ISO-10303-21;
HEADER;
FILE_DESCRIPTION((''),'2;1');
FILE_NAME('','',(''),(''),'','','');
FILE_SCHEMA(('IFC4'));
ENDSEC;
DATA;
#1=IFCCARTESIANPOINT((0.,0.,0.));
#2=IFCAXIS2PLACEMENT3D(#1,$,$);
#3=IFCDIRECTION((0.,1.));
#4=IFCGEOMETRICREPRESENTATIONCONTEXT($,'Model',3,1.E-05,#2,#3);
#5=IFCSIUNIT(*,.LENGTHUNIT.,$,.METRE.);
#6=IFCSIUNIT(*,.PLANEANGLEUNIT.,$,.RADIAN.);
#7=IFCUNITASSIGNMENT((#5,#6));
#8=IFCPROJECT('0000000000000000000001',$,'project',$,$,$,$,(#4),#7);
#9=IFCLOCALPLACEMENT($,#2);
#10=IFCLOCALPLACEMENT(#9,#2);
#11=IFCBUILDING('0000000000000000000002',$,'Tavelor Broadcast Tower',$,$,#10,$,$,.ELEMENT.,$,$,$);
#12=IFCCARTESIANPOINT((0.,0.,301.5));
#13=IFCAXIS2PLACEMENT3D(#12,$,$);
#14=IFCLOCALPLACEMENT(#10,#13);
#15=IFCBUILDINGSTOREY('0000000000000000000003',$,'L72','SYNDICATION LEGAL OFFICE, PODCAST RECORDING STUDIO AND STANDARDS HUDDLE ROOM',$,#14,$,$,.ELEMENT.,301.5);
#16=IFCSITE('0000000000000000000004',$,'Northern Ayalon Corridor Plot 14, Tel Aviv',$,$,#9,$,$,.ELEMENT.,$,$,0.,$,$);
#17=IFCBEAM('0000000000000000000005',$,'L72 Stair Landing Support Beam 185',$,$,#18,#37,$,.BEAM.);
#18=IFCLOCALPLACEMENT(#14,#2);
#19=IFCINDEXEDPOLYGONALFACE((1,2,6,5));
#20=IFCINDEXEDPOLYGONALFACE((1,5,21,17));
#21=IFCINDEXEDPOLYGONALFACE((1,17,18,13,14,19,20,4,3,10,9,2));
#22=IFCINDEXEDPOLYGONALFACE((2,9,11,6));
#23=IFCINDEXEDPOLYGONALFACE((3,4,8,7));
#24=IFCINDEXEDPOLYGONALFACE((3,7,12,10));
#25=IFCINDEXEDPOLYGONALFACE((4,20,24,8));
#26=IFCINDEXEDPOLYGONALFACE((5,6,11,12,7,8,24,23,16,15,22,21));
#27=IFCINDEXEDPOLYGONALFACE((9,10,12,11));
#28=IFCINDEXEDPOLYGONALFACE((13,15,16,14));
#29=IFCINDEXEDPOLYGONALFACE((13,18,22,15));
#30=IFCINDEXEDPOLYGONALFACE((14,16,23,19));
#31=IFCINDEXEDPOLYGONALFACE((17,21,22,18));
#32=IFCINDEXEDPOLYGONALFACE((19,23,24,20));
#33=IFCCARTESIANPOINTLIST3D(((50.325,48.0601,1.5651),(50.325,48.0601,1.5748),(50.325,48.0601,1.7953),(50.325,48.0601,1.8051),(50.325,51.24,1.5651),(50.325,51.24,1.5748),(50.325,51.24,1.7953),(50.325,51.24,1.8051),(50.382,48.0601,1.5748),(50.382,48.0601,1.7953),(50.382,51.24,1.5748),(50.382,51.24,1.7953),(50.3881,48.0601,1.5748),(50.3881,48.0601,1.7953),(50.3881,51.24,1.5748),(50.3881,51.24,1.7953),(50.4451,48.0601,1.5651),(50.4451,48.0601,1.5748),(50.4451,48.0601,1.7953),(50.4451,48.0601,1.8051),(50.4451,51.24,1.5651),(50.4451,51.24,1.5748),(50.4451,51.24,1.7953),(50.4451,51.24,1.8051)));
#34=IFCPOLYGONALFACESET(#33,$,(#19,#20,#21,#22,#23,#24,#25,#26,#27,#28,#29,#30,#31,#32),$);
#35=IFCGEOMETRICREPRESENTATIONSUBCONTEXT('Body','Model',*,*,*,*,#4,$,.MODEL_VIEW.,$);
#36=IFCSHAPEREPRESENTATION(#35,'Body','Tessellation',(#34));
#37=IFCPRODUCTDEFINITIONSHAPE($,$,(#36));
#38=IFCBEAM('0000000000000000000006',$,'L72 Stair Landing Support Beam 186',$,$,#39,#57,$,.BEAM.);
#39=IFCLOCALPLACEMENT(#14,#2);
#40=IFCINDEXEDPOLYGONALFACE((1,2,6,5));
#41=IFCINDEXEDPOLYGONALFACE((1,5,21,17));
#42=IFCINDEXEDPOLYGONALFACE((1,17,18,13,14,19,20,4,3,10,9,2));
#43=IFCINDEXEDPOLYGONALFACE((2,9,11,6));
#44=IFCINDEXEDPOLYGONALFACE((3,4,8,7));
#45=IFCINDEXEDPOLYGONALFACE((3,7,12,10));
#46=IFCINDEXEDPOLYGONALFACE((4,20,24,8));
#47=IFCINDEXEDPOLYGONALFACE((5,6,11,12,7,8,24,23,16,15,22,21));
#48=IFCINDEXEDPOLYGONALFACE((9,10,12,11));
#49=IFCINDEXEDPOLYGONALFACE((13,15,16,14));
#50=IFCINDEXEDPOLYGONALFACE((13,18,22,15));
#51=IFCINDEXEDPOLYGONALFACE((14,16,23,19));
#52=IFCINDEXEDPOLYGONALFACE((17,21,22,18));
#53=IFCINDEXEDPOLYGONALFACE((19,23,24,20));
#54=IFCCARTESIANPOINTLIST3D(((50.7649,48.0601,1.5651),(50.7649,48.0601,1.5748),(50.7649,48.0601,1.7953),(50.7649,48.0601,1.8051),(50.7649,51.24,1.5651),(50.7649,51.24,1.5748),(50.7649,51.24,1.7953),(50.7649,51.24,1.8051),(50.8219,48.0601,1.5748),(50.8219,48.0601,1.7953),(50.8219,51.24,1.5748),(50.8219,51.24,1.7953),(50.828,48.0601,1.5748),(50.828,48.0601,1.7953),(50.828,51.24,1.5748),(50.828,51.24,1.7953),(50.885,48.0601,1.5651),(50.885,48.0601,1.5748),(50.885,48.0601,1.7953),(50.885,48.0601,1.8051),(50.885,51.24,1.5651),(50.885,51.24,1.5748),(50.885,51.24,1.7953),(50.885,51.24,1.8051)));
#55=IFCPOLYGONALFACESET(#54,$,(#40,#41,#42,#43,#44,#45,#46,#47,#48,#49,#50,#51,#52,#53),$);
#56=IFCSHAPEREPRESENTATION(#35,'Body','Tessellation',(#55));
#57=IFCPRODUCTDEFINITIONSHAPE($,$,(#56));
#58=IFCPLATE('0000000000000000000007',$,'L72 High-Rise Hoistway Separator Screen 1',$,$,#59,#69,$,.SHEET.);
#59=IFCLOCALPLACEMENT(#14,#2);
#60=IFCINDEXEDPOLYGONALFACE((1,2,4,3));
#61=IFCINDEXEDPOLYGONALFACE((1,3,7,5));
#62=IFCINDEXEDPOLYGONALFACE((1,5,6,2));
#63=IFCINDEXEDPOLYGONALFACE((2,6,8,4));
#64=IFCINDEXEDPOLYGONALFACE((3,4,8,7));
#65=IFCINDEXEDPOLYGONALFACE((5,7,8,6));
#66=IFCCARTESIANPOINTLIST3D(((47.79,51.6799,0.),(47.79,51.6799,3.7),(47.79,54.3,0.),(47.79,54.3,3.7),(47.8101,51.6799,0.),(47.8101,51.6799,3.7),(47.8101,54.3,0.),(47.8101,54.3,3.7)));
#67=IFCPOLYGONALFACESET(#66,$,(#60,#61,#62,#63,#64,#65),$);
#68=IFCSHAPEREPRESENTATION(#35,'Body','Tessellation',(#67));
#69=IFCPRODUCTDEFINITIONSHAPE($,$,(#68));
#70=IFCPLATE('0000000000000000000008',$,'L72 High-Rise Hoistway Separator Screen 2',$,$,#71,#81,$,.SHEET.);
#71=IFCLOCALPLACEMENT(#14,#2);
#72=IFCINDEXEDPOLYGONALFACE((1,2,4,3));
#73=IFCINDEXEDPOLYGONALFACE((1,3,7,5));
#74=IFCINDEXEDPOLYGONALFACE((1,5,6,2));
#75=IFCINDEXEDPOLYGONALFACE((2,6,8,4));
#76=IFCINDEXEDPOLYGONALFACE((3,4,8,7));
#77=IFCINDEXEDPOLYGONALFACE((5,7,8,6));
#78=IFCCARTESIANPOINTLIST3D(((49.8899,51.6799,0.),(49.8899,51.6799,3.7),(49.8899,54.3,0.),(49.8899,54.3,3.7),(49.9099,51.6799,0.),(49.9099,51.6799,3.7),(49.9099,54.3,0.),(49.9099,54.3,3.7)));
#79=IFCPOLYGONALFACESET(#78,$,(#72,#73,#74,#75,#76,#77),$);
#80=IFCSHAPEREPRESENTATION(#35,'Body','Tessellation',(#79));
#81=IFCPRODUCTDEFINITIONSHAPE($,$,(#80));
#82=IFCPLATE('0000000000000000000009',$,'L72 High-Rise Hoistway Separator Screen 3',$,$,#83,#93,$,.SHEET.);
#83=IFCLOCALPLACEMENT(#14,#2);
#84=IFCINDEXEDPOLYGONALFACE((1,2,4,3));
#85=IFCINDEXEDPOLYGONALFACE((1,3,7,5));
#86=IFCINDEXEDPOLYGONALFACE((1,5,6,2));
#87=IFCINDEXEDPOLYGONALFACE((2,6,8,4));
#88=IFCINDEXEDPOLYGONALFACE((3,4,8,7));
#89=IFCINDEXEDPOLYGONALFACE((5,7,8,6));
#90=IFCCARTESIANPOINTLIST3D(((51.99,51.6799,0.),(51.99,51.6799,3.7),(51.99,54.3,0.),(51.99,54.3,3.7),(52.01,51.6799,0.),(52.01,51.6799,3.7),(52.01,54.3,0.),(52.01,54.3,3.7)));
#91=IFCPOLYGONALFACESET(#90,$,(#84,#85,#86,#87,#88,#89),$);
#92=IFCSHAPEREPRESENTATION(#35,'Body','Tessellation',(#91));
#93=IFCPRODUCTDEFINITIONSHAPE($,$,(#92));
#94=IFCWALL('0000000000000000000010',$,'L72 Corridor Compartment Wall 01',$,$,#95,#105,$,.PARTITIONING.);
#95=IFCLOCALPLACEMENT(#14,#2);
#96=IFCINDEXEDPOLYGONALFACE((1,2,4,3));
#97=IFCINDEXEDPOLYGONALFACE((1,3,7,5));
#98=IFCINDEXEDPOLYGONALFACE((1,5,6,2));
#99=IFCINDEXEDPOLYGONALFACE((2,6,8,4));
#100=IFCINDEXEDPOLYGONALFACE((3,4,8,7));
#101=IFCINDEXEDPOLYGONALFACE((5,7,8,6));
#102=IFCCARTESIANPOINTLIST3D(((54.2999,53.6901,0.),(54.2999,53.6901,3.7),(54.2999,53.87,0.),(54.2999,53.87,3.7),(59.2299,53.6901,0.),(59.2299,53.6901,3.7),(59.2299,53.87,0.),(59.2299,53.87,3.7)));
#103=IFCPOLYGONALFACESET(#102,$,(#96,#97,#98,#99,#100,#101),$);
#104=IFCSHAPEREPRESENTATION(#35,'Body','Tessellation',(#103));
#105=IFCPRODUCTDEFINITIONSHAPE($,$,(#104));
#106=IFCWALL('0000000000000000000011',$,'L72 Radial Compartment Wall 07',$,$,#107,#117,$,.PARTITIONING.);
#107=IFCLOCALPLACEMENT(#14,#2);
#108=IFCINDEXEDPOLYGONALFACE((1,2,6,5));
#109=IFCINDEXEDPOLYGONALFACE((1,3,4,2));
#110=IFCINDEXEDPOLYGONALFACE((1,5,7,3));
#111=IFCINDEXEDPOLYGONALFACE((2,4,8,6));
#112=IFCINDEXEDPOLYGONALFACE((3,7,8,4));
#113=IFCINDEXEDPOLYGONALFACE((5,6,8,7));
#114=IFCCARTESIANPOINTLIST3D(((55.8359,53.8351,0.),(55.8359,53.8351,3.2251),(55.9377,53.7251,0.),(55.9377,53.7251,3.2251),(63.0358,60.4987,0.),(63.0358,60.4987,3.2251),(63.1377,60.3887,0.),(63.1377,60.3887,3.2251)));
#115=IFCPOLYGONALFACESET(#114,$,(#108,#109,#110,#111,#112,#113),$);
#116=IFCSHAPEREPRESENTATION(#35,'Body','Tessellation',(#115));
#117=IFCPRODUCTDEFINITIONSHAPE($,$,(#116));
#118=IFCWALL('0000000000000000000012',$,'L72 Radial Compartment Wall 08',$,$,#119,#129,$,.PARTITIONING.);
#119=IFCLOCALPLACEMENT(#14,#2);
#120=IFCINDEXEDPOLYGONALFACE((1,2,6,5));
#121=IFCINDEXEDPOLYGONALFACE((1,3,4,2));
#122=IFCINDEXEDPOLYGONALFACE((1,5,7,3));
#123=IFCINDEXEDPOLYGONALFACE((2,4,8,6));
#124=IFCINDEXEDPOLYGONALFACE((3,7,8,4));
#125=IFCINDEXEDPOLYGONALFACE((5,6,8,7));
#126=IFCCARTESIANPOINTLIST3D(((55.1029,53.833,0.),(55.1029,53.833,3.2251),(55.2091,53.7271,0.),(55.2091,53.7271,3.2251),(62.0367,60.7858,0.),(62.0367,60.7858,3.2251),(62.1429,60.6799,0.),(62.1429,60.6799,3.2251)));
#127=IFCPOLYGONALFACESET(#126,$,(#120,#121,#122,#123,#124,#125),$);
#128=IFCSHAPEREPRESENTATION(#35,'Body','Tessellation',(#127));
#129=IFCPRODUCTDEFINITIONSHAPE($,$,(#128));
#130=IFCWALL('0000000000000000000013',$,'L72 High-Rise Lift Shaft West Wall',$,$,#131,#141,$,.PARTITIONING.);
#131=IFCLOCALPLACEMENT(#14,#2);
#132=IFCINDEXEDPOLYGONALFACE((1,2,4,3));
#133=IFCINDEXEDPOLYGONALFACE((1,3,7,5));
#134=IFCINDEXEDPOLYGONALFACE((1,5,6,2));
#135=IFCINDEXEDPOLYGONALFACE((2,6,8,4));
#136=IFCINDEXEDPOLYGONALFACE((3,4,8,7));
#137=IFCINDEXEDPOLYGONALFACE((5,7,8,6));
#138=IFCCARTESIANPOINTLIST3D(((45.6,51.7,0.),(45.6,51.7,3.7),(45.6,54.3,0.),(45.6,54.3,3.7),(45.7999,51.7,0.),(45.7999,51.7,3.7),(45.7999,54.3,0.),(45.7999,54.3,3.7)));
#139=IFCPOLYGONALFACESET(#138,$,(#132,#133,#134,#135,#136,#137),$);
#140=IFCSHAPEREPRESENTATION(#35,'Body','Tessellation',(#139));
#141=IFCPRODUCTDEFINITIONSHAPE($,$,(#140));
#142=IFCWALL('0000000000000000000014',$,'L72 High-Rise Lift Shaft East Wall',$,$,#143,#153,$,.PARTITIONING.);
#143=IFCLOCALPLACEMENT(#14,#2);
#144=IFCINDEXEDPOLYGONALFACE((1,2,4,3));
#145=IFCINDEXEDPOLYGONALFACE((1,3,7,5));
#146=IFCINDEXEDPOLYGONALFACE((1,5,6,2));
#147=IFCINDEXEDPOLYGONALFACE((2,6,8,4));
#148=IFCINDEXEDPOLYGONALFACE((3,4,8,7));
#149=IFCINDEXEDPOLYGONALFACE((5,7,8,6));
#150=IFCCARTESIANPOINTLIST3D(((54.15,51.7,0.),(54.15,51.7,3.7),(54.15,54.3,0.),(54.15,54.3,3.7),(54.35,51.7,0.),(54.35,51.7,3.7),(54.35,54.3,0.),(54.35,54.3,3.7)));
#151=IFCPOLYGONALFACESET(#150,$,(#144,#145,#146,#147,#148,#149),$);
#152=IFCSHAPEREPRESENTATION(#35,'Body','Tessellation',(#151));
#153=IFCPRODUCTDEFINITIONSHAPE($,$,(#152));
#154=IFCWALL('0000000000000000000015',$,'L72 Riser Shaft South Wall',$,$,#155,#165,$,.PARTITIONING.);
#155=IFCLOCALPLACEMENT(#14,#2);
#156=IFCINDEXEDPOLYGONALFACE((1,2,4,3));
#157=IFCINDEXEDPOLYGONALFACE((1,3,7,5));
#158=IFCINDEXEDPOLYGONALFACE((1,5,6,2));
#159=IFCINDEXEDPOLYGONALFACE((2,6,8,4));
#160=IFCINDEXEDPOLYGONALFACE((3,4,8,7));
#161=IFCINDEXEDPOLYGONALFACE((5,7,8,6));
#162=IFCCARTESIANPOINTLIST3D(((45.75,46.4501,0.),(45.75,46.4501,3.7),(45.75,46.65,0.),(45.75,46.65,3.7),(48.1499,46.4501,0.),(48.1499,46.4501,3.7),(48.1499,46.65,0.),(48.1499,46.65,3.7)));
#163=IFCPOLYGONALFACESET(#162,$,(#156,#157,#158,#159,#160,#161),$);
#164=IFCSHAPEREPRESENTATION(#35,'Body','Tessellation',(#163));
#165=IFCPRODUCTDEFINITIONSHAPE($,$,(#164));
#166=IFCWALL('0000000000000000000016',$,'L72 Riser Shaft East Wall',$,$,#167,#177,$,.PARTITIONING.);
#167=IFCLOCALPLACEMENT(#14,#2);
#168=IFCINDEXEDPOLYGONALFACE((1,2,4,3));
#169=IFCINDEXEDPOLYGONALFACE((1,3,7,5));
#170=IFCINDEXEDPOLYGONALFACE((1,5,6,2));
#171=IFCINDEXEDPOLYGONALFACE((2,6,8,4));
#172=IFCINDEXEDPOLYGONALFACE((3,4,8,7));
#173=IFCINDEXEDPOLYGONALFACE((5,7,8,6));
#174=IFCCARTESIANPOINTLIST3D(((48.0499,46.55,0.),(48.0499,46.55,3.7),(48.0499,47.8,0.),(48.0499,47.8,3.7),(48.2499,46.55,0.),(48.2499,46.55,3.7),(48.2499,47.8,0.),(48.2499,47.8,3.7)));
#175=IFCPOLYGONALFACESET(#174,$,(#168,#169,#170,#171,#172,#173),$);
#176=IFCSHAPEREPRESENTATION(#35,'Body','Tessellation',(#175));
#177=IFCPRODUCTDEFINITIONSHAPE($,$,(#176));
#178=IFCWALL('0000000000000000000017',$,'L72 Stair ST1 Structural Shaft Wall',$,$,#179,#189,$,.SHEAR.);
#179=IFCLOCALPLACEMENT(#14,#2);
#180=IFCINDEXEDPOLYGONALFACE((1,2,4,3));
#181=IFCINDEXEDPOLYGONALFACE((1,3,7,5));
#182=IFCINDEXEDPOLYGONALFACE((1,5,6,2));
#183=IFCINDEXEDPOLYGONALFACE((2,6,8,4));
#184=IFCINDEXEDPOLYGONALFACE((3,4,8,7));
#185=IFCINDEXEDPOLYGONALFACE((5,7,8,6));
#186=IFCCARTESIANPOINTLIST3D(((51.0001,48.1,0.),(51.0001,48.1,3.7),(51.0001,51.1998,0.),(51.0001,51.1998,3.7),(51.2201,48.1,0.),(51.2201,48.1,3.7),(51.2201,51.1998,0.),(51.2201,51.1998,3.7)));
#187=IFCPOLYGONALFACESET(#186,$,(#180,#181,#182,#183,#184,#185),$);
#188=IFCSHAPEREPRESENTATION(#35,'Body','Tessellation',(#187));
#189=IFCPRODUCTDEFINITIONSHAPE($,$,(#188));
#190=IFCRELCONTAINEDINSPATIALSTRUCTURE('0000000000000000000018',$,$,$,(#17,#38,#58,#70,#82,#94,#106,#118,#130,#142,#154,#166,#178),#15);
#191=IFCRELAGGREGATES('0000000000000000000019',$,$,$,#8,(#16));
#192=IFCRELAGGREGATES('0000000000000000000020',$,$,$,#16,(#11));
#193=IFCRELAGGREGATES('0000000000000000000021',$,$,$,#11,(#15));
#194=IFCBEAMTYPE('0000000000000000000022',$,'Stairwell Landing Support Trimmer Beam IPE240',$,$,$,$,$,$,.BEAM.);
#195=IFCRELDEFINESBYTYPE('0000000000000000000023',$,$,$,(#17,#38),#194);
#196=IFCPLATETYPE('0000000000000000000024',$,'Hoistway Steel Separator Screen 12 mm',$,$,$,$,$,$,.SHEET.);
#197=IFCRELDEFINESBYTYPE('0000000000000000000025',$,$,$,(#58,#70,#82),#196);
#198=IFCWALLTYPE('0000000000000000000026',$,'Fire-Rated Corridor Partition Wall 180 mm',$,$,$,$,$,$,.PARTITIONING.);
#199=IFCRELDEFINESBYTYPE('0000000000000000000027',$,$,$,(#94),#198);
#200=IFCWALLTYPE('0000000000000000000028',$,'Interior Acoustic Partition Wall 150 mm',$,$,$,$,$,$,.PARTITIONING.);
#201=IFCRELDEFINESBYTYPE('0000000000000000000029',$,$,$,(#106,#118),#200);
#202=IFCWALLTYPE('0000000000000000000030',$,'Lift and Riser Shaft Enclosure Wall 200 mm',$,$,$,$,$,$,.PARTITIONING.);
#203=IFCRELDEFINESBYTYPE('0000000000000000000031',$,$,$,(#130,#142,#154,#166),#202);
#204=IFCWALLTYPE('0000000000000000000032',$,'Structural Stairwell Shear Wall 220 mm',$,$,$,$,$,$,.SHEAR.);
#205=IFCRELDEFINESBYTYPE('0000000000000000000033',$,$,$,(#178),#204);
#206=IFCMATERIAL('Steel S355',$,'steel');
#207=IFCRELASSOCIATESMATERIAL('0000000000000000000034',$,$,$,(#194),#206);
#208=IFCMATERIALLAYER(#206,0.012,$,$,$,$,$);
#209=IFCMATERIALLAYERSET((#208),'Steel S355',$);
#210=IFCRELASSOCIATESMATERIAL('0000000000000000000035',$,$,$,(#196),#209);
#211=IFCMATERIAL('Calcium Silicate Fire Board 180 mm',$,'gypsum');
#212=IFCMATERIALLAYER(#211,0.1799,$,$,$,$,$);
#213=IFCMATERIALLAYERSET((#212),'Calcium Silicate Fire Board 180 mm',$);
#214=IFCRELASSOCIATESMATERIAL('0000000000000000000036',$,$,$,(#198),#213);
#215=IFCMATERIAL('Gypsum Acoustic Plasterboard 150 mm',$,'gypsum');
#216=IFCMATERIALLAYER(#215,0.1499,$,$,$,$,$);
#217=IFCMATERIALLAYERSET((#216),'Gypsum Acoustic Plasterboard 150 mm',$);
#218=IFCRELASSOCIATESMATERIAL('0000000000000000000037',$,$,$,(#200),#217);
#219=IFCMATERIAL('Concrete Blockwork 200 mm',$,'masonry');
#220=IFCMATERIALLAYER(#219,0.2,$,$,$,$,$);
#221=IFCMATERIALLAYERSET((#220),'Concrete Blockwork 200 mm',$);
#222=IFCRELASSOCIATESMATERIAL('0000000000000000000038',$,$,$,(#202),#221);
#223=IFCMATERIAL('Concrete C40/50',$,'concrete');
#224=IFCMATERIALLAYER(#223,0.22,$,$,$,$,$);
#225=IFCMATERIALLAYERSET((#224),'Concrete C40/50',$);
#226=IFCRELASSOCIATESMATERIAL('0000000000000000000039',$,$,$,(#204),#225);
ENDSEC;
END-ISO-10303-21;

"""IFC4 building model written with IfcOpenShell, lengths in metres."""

from ifc_helpers import new_model, si_unit, direction, frame, frame_2d, origin, origin_2d, place, context, subcontext, project, spatial, rectangle, i_section, extrude, source, transform, mapped, material, layer, layer_set, material_profile, profile_set, type_object, type_shapes, element, save


model = new_model("IFC4")

# Units and contexts
model_context = context("Model", 3, precision=1e-05, world=origin(), true_north=direction((0.0, 1.0)))
body_context = subcontext(model_context, "Body", "Model", "MODEL_VIEW")
ifc_project = project(units=[si_unit("LENGTHUNIT", "METRE"), si_unit("PLANEANGLEUNIT", "RADIAN")], contexts=[model_context])

# Site, building, storey
site_placement = place(None, origin())
site = spatial("IfcSite", under=ifc_project, at=site_placement, Name="Northern Ayalon Corridor Plot 14, Tel Aviv", CompositionType="ELEMENT", RefElevation=0.0)
building_placement = place(site_placement, origin())
building = spatial("IfcBuilding", under=site, at=building_placement, Name="Tavelor Broadcast Tower", CompositionType="ELEMENT")
storey_placement = place(building_placement, frame((0.0, 0.0, 301.5)))
storey = spatial("IfcBuildingStorey", under=building, at=storey_placement, Name="L72", Description="SYNDICATION LEGAL OFFICE, PODCAST RECORDING STUDIO AND STANDARDS HUDDLE ROOM", CompositionType="ELEMENT", Elevation=301.5)

# Beams
ifc_material_1 = material(Name="Steel S355", Category="steel")
ifc_material_profile = material_profile(ifc_material_1, i_section(OverallWidth=0.1201, OverallDepth=0.24, WebThickness=0.0061, FlangeThickness=0.0098, at=origin_2d()), Name="IPE 240")
ifc_profile_set = profile_set([ifc_material_profile], Name="Steel S355")
beam_type = type_object("IfcBeamType", Name="Stairwell Landing Support Trimmer Beam IPE240", PredefinedType="BEAM", material=ifc_profile_set)
for number, where, z_axis, x_axis, name in (
    (1, (50.385, 48.0601, 1.6851), (0.0, 1.0, 0.0), (-1.0, 0.0, 0.0), "L72 Stair Landing Support Beam 185"),
    (2, (50.825, 48.0601, 1.6851), (0.0, 1.0, 0.0), (-1.0, 0.0, 0.0), "L72 Stair Landing Support Beam 186"),
):
    element("IfcBeam", number, at=place(storey_placement, frame(where, z_axis=z_axis, x_axis=x_axis)), inside=storey, type_object=beam_type, Name=name, PredefinedType="BEAM", context=body_context, shape_type="SweptSolid", body=[
        extrude(i_section(OverallWidth=0.1201, OverallDepth=0.24, WebThickness=0.0061, FlangeThickness=0.0098, at=origin_2d()), origin(), (0.0, 0.0, 1.0), 3.1799),
    ])

# Plates
ifc_layer_1 = layer(ifc_material_1, 0.012)
ifc_layer_set_1 = layer_set([ifc_layer_1], Name="Steel S355")
plate_type = type_object("IfcPlateType", Name="Hoistway Steel Separator Screen 12 mm", PredefinedType="SHEET", material=ifc_layer_set_1)
shared_shape = source(origin(), body_context, "Body", "SweptSolid", [
    extrude(rectangle(XDim=0.02, YDim=2.6201, at=origin_2d()), origin(), (0.0, 0.0, 1.0), 3.7),
])
type_shapes(plate_type, [shared_shape])
for number, where, z_axis, x_axis, name in (
    (3, (47.8, 52.99, 0.0), (0.0, 0.0, 1.0), (1.0, 0.0, 0.0), "L72 High-Rise Hoistway Separator Screen 1"),
    (4, (49.8999, 52.99, 0.0), (0.0, 0.0, 1.0), (1.0, 0.0, 0.0), "L72 High-Rise Hoistway Separator Screen 2"),
    (5, (52.0, 52.99, 0.0), (0.0, 0.0, 1.0), (1.0, 0.0, 0.0), "L72 High-Rise Hoistway Separator Screen 3"),
):
    element("IfcPlate", number, at=place(storey_placement, frame(where, z_axis=z_axis, x_axis=x_axis)), inside=storey, type_object=plate_type, Name=name, PredefinedType="SHEET", context=body_context, shape_type="MappedRepresentation", body=[
        mapped(shared_shape, transform((0.0, 0.0, 0.0), scale=1.0)),
    ])

# Walls
ifc_material_2 = material(Name="Calcium Silicate Fire Board 180 mm", Category="gypsum")
ifc_layer_2 = layer(ifc_material_2, 0.1799)
ifc_layer_set_2 = layer_set([ifc_layer_2], Name="Calcium Silicate Fire Board 180 mm")
wall_type_1 = type_object("IfcWallType", Name="Fire-Rated Corridor Partition Wall 180 mm", PredefinedType="PARTITIONING", material=ifc_layer_set_2)
wall_1_placement = place(storey_placement, frame((54.3, 53.78, 0.0), z_axis=(0.0, 0.0, 1.0), x_axis=(1.0, 0.0, 0.0)))
element("IfcWall", 6, at=wall_1_placement, inside=storey, type_object=wall_type_1, Name="L72 Corridor Compartment Wall 01", PredefinedType="PARTITIONING", context=body_context, shape_type="SweptSolid", body=[
    extrude(rectangle(XDim=4.9299, YDim=0.1799, at=frame_2d((2.4648, 0.0))), origin(), (0.0, 0.0, 1.0), 3.7),
])
ifc_material_3 = material(Name="Gypsum Acoustic Plasterboard 150 mm", Category="gypsum")
ifc_layer_3 = layer(ifc_material_3, 0.1499)
ifc_layer_set_3 = layer_set([ifc_layer_3], Name="Gypsum Acoustic Plasterboard 150 mm")
wall_type_2 = type_object("IfcWallType", Name="Interior Acoustic Partition Wall 150 mm", PredefinedType="PARTITIONING", material=ifc_layer_set_3)
wall_2_placement = place(storey_placement, frame((55.8867, 53.78, 0.0), z_axis=(0.0, 0.0, 1.0), x_axis=(0.733916, 0.679241, 0.0)))
element("IfcWall", 7, at=wall_2_placement, inside=storey, type_object=wall_type_2, Name="L72 Radial Compartment Wall 07", PredefinedType="PARTITIONING", context=body_context, shape_type="SweptSolid", body=[
    extrude(rectangle(XDim=9.8103, YDim=0.1499, at=frame_2d((4.9053, 0.0))), origin(), (0.0, 0.0, 1.0), 3.2251),
])
wall_3_placement = place(storey_placement, frame((55.156, 53.78, 0.0), z_axis=(0.0, 0.0, 1.0), x_axis=(0.706136, 0.708076, 0.0)))
element("IfcWall", 8, at=wall_3_placement, inside=storey, type_object=wall_type_2, Name="L72 Radial Compartment Wall 08", PredefinedType="PARTITIONING", context=body_context, shape_type="SweptSolid", body=[
    extrude(rectangle(XDim=9.8193, YDim=0.1499, at=frame_2d((4.9097, 0.0))), origin(), (0.0, 0.0, 1.0), 3.2251),
])
ifc_material_4 = material(Name="Concrete Blockwork 200 mm", Category="masonry")
ifc_layer_4 = layer(ifc_material_4, 0.2)
ifc_layer_set_4 = layer_set([ifc_layer_4], Name="Concrete Blockwork 200 mm")
wall_type_3 = type_object("IfcWallType", Name="Lift and Riser Shaft Enclosure Wall 200 mm", PredefinedType="PARTITIONING", material=ifc_layer_set_4)
for number, where, z_axis, x_axis, name in (
    (9, (45.7, 51.7, 0.0), (0.0, 0.0, 1.0), (0.0, 1.0, 0.0), "L72 High-Rise Lift Shaft West Wall"),
    (10, (54.25, 51.7, 0.0), (0.0, 0.0, 1.0), (0.0, 1.0, 0.0), "L72 High-Rise Lift Shaft East Wall"),
):
    element("IfcWall", number, at=place(storey_placement, frame(where, z_axis=z_axis, x_axis=x_axis)), inside=storey, type_object=wall_type_3, Name=name, PredefinedType="PARTITIONING", context=body_context, shape_type="SweptSolid", body=[
        extrude(rectangle(XDim=2.6001, YDim=0.2, at=frame_2d((1.3, 0.0))), origin(), (0.0, 0.0, 1.0), 3.7),
    ])
wall_4_placement = place(storey_placement, frame((45.75, 46.55, 0.0), z_axis=(0.0, 0.0, 1.0), x_axis=(1.0, 0.0, 0.0)))
element("IfcWall", 11, at=wall_4_placement, inside=storey, type_object=wall_type_3, Name="L72 Riser Shaft South Wall", PredefinedType="PARTITIONING", context=body_context, shape_type="SweptSolid", body=[
    extrude(rectangle(XDim=2.3999, YDim=0.2, at=frame_2d((1.2, 0.0))), origin(), (0.0, 0.0, 1.0), 3.7),
])
wall_5_placement = place(storey_placement, frame((48.1499, 46.55, 0.0), z_axis=(0.0, 0.0, 1.0), x_axis=(0.0, 1.0, 0.0)))
element("IfcWall", 12, at=wall_5_placement, inside=storey, type_object=wall_type_3, Name="L72 Riser Shaft East Wall", PredefinedType="PARTITIONING", context=body_context, shape_type="SweptSolid", body=[
    extrude(rectangle(XDim=1.25, YDim=0.2, at=frame_2d((0.625, 0.0))), origin(), (0.0, 0.0, 1.0), 3.7),
])
ifc_material_5 = material(Name="Concrete C40/50", Category="concrete")
ifc_layer_5 = layer(ifc_material_5, 0.22)
ifc_layer_set_5 = layer_set([ifc_layer_5], Name="Concrete C40/50")
wall_type_4 = type_object("IfcWallType", Name="Structural Stairwell Shear Wall 220 mm", PredefinedType="SHEAR", material=ifc_layer_set_5)
wall_6_placement = place(storey_placement, frame((51.1101, 48.1001, 0.0), z_axis=(0.0, 0.0, 1.0), x_axis=(0.0, 1.0, 0.0)))
element("IfcWall", 13, at=wall_6_placement, inside=storey, type_object=wall_type_4, Name="L72 Stair ST1 Structural Shaft Wall", PredefinedType="SHEAR", context=body_context, shape_type="SweptSolid", body=[
    extrude(rectangle(XDim=3.0999, YDim=0.22, at=frame_2d((1.5498, 0.0))), origin(), (0.0, 0.0, 1.0), 3.7),
])

save(model, "model.ifc")
